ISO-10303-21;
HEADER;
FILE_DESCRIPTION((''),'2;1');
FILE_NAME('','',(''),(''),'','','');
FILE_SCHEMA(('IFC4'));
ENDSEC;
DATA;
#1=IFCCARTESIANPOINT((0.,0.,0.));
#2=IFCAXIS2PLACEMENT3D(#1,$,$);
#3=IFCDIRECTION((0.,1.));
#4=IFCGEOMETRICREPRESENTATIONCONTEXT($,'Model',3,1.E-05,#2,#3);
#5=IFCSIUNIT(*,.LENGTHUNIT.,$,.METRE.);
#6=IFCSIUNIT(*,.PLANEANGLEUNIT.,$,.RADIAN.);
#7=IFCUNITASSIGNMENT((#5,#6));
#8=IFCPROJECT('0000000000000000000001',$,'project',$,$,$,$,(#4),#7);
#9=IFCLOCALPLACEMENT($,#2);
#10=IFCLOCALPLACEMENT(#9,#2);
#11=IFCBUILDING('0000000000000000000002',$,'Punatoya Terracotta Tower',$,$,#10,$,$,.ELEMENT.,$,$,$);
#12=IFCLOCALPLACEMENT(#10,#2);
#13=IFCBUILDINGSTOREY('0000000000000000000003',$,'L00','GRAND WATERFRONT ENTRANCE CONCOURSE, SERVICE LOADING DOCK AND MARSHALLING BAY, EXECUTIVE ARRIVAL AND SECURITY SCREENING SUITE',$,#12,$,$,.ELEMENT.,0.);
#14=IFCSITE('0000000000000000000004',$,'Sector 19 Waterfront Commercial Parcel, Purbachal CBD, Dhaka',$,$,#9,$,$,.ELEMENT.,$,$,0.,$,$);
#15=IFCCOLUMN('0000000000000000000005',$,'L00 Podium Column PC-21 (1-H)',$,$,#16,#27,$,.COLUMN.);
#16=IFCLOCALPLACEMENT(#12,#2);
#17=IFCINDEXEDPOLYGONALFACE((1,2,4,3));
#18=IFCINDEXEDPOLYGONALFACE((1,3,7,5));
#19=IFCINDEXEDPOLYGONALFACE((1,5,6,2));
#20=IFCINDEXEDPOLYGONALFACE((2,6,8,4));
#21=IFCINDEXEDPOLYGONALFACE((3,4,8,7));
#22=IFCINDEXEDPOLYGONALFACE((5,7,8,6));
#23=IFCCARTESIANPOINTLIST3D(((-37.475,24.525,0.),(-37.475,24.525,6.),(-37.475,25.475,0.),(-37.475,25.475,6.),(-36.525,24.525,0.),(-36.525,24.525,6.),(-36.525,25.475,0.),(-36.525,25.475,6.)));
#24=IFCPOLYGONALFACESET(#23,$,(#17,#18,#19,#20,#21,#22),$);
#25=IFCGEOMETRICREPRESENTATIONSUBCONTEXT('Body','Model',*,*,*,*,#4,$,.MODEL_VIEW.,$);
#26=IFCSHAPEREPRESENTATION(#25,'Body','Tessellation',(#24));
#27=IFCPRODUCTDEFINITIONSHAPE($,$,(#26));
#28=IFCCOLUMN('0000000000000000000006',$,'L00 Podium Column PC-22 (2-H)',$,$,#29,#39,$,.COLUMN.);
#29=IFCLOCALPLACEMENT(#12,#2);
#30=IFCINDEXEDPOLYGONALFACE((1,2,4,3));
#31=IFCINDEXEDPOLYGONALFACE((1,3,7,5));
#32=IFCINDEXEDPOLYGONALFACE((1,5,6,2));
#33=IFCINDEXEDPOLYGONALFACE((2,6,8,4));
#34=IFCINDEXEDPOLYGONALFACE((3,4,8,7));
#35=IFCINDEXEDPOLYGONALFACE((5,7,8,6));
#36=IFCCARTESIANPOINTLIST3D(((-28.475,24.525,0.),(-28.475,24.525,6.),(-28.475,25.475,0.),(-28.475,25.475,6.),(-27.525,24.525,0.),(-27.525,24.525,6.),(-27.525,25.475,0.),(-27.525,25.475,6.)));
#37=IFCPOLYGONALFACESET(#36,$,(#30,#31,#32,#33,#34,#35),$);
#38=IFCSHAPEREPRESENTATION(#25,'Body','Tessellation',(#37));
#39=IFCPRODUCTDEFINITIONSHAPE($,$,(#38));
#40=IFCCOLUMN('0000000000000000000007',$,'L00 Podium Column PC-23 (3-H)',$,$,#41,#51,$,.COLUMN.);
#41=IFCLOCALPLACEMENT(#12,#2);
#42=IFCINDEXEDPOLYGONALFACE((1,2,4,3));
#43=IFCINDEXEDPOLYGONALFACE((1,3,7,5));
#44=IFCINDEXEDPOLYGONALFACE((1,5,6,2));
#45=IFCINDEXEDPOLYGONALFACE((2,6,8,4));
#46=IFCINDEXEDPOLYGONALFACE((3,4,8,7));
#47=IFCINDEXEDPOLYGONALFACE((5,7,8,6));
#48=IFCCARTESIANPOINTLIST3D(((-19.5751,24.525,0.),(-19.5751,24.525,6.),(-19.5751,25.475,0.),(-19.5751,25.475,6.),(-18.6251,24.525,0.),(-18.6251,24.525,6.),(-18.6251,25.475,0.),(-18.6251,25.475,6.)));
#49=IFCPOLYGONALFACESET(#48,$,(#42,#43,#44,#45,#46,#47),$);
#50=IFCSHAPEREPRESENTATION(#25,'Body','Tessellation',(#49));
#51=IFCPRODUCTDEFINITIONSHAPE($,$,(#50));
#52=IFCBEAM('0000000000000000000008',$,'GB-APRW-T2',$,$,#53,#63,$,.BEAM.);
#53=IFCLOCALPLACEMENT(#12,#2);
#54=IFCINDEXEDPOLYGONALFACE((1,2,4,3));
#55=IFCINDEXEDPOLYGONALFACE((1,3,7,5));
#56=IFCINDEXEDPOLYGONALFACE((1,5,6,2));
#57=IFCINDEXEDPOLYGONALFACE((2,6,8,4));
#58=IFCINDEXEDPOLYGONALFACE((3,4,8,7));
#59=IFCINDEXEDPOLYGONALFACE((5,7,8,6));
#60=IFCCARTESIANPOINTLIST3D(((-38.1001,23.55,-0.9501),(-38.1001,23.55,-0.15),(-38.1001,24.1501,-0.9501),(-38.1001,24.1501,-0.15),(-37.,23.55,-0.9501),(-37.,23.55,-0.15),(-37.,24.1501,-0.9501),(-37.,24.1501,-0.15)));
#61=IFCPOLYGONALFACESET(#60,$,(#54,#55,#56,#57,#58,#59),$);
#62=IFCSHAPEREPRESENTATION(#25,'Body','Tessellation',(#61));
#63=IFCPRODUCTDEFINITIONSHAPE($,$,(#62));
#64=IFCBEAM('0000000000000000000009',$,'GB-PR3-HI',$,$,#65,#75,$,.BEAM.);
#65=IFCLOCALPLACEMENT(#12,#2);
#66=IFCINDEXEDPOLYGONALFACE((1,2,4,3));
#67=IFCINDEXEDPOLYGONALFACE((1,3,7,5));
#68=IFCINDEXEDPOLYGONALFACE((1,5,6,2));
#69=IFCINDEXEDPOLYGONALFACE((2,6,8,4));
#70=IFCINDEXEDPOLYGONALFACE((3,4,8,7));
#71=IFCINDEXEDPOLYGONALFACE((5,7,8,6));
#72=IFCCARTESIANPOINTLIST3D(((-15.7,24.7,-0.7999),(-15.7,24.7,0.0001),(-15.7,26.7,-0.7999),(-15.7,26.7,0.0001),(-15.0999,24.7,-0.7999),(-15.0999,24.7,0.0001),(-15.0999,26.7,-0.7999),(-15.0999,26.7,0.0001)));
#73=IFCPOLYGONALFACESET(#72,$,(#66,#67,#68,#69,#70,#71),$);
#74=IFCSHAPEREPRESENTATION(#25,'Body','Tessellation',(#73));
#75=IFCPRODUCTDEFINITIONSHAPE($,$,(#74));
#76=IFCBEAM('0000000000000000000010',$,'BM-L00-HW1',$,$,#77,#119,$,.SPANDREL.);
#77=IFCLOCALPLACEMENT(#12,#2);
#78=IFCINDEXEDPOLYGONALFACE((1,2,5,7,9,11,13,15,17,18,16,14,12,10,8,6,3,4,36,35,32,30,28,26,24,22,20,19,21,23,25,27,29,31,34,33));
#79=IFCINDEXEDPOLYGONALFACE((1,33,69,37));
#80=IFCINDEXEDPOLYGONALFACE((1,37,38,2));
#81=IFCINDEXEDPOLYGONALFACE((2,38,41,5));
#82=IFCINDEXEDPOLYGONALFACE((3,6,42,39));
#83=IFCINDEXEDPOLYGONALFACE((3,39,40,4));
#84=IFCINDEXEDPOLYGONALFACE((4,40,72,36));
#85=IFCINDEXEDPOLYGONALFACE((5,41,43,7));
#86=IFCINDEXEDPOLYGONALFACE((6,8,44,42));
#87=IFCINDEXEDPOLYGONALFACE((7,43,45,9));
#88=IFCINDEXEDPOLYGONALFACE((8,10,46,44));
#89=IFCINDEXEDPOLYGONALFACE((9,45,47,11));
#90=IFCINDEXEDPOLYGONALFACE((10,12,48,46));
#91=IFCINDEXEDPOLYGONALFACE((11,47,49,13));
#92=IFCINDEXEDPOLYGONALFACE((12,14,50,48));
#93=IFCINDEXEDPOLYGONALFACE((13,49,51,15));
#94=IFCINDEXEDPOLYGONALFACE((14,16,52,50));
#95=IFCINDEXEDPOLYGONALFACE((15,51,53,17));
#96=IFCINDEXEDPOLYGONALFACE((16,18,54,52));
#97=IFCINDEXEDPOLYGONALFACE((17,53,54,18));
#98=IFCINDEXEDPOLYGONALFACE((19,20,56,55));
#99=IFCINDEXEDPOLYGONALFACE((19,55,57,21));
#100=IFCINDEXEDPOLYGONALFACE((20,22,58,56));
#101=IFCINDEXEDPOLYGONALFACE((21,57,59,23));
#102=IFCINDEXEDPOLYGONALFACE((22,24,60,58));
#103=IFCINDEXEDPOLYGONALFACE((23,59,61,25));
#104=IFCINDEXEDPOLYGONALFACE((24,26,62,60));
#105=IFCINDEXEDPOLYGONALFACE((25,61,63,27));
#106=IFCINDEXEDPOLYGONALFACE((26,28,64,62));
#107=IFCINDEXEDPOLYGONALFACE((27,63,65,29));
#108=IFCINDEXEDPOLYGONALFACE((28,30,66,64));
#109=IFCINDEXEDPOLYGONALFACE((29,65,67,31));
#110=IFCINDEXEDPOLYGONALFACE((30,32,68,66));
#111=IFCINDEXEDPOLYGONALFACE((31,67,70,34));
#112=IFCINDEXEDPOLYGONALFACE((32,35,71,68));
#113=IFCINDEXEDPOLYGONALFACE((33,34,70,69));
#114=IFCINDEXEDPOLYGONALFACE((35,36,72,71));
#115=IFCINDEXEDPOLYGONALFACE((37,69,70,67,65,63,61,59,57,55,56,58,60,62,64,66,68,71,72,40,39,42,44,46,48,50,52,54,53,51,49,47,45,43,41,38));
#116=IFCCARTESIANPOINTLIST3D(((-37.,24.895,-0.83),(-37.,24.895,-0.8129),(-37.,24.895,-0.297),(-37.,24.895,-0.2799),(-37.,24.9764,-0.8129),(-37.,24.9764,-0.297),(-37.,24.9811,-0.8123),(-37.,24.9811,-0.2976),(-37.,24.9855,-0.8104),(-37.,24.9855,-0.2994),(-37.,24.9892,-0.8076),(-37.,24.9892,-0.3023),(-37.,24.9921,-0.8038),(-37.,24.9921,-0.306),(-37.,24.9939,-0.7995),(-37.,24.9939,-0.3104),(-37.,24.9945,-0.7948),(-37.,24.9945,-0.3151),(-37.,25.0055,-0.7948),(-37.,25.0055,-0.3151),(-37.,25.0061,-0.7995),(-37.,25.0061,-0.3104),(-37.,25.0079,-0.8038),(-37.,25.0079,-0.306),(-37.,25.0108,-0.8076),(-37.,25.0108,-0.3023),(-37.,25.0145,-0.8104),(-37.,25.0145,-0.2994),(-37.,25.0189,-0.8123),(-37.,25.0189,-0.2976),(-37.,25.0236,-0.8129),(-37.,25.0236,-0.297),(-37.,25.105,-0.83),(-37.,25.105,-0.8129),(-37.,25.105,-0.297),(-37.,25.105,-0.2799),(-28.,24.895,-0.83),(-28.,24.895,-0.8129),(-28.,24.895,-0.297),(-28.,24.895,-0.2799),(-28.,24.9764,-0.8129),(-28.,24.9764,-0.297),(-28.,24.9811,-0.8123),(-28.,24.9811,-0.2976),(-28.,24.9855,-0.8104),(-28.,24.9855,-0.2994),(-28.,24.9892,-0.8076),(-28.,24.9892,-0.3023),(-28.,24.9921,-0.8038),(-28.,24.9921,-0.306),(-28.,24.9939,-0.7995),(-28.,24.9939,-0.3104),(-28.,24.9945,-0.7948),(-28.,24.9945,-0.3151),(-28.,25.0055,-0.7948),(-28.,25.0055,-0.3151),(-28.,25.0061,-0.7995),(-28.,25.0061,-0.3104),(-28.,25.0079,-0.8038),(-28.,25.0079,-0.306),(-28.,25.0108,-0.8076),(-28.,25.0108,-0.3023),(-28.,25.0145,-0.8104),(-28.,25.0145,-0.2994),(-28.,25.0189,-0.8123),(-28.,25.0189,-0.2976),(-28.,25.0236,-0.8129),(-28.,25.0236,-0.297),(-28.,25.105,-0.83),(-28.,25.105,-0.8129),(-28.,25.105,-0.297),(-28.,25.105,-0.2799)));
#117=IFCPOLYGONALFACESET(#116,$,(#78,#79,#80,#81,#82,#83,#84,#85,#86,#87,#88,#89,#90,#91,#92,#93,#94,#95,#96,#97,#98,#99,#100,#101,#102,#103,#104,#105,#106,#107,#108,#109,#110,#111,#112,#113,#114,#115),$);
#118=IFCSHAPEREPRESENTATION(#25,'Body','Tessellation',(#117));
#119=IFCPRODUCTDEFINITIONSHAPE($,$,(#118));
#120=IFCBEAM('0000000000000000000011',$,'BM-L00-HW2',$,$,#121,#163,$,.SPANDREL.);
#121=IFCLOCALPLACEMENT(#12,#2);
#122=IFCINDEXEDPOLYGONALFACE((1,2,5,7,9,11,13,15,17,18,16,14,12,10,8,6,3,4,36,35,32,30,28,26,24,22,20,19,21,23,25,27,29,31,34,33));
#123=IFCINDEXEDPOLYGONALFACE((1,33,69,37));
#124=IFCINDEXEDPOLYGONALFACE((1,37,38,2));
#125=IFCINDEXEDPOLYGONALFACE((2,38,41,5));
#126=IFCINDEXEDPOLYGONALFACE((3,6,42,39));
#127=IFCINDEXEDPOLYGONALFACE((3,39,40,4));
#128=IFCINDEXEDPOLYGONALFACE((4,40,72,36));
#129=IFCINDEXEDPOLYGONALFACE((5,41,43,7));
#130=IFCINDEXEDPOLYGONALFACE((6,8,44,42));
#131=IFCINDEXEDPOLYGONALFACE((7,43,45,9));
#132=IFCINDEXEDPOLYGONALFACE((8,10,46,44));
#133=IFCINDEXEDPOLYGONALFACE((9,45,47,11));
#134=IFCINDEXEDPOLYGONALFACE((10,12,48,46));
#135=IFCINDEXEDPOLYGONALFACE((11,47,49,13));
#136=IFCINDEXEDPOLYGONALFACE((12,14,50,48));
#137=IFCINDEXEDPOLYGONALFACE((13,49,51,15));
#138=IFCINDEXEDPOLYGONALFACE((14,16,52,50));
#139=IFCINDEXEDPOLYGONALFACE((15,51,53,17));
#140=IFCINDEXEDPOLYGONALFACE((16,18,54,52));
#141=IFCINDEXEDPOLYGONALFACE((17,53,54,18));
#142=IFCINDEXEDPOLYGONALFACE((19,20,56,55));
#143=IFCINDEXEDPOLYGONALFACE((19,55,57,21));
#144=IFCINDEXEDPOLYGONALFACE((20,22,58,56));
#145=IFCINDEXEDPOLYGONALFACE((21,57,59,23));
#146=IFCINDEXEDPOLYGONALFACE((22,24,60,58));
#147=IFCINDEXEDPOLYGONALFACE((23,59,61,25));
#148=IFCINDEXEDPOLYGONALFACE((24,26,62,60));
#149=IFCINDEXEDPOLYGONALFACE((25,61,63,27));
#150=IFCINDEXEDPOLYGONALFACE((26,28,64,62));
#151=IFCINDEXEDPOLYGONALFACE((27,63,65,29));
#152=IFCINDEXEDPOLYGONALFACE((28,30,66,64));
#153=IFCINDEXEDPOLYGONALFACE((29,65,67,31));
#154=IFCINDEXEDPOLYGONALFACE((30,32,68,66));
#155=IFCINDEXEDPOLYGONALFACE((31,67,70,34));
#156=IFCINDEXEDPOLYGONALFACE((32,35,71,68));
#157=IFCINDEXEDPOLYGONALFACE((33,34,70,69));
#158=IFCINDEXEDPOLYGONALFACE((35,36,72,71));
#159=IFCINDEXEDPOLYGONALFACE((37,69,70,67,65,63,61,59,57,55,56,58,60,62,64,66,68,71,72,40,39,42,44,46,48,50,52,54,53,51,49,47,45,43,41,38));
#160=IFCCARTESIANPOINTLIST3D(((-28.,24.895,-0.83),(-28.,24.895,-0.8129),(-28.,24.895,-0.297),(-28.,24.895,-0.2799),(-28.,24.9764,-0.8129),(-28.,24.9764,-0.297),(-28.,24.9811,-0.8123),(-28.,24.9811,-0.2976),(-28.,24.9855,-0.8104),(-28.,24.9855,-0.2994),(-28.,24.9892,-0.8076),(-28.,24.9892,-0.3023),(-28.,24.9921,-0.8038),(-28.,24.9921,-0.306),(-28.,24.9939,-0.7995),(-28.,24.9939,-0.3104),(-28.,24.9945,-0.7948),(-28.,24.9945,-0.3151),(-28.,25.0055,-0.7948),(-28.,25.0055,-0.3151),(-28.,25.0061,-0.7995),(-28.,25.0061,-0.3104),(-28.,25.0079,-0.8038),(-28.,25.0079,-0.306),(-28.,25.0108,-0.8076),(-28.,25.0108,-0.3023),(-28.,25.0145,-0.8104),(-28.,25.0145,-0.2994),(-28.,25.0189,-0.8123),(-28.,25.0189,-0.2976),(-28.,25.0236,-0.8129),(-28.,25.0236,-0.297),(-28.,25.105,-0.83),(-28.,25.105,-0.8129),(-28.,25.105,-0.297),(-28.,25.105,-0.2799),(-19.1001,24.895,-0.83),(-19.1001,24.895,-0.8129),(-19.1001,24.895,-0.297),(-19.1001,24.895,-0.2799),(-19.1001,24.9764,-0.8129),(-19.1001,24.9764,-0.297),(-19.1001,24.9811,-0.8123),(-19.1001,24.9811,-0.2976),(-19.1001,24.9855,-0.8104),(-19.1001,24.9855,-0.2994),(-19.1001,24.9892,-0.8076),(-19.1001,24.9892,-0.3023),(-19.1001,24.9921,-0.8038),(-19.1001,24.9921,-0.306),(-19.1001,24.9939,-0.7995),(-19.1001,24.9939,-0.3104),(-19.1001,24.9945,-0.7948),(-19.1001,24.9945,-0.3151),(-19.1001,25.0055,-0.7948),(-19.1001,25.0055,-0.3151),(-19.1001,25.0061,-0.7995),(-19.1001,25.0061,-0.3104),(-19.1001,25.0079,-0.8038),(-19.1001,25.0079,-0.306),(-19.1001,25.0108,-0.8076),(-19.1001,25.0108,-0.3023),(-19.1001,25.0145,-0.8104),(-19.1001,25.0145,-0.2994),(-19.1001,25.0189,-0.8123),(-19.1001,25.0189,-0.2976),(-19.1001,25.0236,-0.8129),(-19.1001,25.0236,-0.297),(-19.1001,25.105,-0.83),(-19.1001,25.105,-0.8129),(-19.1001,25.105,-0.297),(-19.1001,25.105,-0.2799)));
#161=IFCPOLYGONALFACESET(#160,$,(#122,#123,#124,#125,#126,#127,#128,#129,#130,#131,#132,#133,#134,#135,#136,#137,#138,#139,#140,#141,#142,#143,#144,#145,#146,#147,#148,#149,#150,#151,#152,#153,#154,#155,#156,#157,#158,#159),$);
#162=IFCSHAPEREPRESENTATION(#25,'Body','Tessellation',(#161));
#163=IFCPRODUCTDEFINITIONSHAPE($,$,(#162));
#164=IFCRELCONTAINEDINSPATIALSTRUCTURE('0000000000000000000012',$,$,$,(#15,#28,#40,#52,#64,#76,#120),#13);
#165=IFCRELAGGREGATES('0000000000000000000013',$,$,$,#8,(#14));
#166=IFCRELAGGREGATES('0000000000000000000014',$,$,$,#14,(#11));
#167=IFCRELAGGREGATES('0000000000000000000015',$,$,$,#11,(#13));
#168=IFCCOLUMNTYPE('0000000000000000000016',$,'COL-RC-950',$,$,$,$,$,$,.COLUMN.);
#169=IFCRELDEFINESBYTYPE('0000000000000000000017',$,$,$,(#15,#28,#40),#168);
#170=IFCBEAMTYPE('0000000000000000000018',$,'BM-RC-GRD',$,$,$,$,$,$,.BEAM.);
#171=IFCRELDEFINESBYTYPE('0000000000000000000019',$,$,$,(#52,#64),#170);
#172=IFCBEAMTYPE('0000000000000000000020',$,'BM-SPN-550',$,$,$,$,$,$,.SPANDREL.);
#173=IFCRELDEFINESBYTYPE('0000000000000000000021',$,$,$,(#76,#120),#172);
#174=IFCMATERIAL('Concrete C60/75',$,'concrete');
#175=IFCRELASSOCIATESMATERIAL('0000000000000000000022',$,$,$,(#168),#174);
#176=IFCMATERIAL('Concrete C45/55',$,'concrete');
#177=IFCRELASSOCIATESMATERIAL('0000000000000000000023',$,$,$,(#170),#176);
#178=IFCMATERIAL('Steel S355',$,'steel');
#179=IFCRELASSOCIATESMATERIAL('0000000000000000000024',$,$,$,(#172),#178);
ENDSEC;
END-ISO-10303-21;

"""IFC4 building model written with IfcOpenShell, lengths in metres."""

from ifc_helpers import new_model, si_unit, direction, frame, origin, origin_2d, place, context, subcontext, project, spatial, rectangle, i_section, extrude, material, material_profile, profile_set, type_object, element, save


model = new_model("IFC4")

# Units and contexts
model_context = context("Model", 3, precision=1e-05, world=origin(), true_north=direction((0.0, 1.0)))
body_context = subcontext(model_context, "Body", "Model", "MODEL_VIEW")
ifc_project = project(units=[si_unit("LENGTHUNIT", "METRE"), si_unit("PLANEANGLEUNIT", "RADIAN")], contexts=[model_context])

# Site, building, storey
site_placement = place(None, origin())
site = spatial("IfcSite", under=ifc_project, at=site_placement, Name="Sector 19 Waterfront Commercial Parcel, Purbachal CBD, Dhaka", CompositionType="ELEMENT", RefElevation=0.0)
building_placement = place(site_placement, origin())
building = spatial("IfcBuilding", under=site, at=building_placement, Name="Punatoya Terracotta Tower", CompositionType="ELEMENT")
storey_placement = place(building_placement, origin())
storey = spatial("IfcBuildingStorey", under=building, at=storey_placement, Name="L00", Description="GRAND WATERFRONT ENTRANCE CONCOURSE, SERVICE LOADING DOCK AND MARSHALLING BAY, EXECUTIVE ARRIVAL AND SECURITY SCREENING SUITE", CompositionType="ELEMENT", Elevation=0.0)

# Columns
ifc_material_1 = material(Name="Concrete C60/75", Category="concrete")
ifc_material_profile_1 = material_profile(ifc_material_1, rectangle(XDim=0.95, YDim=0.95, at=origin_2d()))
ifc_profile_set_1 = profile_set([ifc_material_profile_1], Name="Concrete C60/75")
column_type = type_object("IfcColumnType", Name="COL-RC-950", PredefinedType="COLUMN", material=ifc_profile_set_1)
for number, where, z_axis, x_axis, name in (
    (1, (-37.0, 25.0, 0.0), (0.0, 0.0, 1.0), (1.0, 0.0, 0.0), "L00 Podium Column PC-21 (1-H)"),
    (2, (-28.0, 25.0, 0.0), (0.0, 0.0, 1.0), (1.0, 0.0, 0.0), "L00 Podium Column PC-22 (2-H)"),
    (3, (-19.1001, 25.0, 0.0), (0.0, 0.0, 1.0), (1.0, 0.0, 0.0), "L00 Podium Column PC-23 (3-H)"),
):
    element("IfcColumn", number, at=place(storey_placement, frame(where, z_axis=z_axis, x_axis=x_axis)), inside=storey, type_object=column_type, Name=name, PredefinedType="COLUMN", context=body_context, shape_type="SweptSolid", body=[
        extrude(rectangle(XDim=0.95, YDim=0.95, at=origin_2d()), origin(), (0.0, 0.0, 1.0), 6.0),
    ])

# Beams
ifc_material_2 = material(Name="Concrete C45/55", Category="concrete")
ifc_material_profile_2 = material_profile(ifc_material_2, rectangle(XDim=0.6001, YDim=0.8, at=origin_2d()))
ifc_profile_set_2 = profile_set([ifc_material_profile_2], Name="Concrete C45/55")
beam_type_1 = type_object("IfcBeamType", Name="BM-RC-GRD", PredefinedType="BEAM", material=ifc_profile_set_2)
beam_1_placement = place(storey_placement, frame((-38.1001, 23.8501, -0.55), z_axis=(1.0, 0.0, 0.0), x_axis=(0.0, 1.0, 0.0)))
element("IfcBeam", 4, at=beam_1_placement, inside=storey, type_object=beam_type_1, Name="GB-APRW-T2", PredefinedType="BEAM", context=body_context, shape_type="SweptSolid", body=[
    extrude(rectangle(XDim=0.6001, YDim=0.8, at=origin_2d()), origin(), (0.0, 0.0, 1.0), 1.1001),
])
beam_2_placement = place(storey_placement, frame((-15.3999, 24.7, -0.3999), z_axis=(0.0, 1.0, 0.0), x_axis=(-1.0, 0.0, 0.0)))
element("IfcBeam", 5, at=beam_2_placement, inside=storey, type_object=beam_type_1, Name="GB-PR3-HI", PredefinedType="BEAM", context=body_context, shape_type="SweptSolid", body=[
    extrude(rectangle(XDim=0.6001, YDim=0.8, at=origin_2d()), origin(), (0.0, 0.0, 1.0), 2.0),
])
ifc_material_3 = material(Name="Steel S355", Category="steel")
ifc_material_profile_3 = material_profile(ifc_material_3, i_section(OverallWidth=0.21, OverallDepth=0.55, WebThickness=0.011, FlangeThickness=0.0171, FilletRadius=0.0181, at=origin_2d()))
ifc_profile_set_3 = profile_set([ifc_material_profile_3], Name="Steel S355")
beam_type_2 = type_object("IfcBeamType", Name="BM-SPN-550", PredefinedType="SPANDREL", material=ifc_profile_set_3)
beam_3_placement = place(storey_placement, frame((-37.0, 25.0, -0.5549), z_axis=(1.0, 0.0, 0.0), x_axis=(0.0, 1.0, 0.0)))
element("IfcBeam", 6, at=beam_3_placement, inside=storey, type_object=beam_type_2, Name="BM-L00-HW1", PredefinedType="SPANDREL", context=body_context, shape_type="SweptSolid", body=[
    extrude(i_section(OverallWidth=0.21, OverallDepth=0.55, WebThickness=0.011, FlangeThickness=0.0171, FilletRadius=0.0181, at=origin_2d()), origin(), (0.0, 0.0, 1.0), 9.0),
])
beam_4_placement = place(storey_placement, frame((-28.0, 25.0, -0.5549), z_axis=(1.0, 0.0, 0.0), x_axis=(0.0, 1.0, 0.0)))
element("IfcBeam", 7, at=beam_4_placement, inside=storey, type_object=beam_type_2, Name="BM-L00-HW2", PredefinedType="SPANDREL", context=body_context, shape_type="SweptSolid", body=[
    extrude(i_section(OverallWidth=0.21, OverallDepth=0.55, WebThickness=0.011, FlangeThickness=0.0171, FilletRadius=0.0181, at=origin_2d()), origin(), (0.0, 0.0, 1.0), 8.8999),
])

save(model, "model.ifc")
